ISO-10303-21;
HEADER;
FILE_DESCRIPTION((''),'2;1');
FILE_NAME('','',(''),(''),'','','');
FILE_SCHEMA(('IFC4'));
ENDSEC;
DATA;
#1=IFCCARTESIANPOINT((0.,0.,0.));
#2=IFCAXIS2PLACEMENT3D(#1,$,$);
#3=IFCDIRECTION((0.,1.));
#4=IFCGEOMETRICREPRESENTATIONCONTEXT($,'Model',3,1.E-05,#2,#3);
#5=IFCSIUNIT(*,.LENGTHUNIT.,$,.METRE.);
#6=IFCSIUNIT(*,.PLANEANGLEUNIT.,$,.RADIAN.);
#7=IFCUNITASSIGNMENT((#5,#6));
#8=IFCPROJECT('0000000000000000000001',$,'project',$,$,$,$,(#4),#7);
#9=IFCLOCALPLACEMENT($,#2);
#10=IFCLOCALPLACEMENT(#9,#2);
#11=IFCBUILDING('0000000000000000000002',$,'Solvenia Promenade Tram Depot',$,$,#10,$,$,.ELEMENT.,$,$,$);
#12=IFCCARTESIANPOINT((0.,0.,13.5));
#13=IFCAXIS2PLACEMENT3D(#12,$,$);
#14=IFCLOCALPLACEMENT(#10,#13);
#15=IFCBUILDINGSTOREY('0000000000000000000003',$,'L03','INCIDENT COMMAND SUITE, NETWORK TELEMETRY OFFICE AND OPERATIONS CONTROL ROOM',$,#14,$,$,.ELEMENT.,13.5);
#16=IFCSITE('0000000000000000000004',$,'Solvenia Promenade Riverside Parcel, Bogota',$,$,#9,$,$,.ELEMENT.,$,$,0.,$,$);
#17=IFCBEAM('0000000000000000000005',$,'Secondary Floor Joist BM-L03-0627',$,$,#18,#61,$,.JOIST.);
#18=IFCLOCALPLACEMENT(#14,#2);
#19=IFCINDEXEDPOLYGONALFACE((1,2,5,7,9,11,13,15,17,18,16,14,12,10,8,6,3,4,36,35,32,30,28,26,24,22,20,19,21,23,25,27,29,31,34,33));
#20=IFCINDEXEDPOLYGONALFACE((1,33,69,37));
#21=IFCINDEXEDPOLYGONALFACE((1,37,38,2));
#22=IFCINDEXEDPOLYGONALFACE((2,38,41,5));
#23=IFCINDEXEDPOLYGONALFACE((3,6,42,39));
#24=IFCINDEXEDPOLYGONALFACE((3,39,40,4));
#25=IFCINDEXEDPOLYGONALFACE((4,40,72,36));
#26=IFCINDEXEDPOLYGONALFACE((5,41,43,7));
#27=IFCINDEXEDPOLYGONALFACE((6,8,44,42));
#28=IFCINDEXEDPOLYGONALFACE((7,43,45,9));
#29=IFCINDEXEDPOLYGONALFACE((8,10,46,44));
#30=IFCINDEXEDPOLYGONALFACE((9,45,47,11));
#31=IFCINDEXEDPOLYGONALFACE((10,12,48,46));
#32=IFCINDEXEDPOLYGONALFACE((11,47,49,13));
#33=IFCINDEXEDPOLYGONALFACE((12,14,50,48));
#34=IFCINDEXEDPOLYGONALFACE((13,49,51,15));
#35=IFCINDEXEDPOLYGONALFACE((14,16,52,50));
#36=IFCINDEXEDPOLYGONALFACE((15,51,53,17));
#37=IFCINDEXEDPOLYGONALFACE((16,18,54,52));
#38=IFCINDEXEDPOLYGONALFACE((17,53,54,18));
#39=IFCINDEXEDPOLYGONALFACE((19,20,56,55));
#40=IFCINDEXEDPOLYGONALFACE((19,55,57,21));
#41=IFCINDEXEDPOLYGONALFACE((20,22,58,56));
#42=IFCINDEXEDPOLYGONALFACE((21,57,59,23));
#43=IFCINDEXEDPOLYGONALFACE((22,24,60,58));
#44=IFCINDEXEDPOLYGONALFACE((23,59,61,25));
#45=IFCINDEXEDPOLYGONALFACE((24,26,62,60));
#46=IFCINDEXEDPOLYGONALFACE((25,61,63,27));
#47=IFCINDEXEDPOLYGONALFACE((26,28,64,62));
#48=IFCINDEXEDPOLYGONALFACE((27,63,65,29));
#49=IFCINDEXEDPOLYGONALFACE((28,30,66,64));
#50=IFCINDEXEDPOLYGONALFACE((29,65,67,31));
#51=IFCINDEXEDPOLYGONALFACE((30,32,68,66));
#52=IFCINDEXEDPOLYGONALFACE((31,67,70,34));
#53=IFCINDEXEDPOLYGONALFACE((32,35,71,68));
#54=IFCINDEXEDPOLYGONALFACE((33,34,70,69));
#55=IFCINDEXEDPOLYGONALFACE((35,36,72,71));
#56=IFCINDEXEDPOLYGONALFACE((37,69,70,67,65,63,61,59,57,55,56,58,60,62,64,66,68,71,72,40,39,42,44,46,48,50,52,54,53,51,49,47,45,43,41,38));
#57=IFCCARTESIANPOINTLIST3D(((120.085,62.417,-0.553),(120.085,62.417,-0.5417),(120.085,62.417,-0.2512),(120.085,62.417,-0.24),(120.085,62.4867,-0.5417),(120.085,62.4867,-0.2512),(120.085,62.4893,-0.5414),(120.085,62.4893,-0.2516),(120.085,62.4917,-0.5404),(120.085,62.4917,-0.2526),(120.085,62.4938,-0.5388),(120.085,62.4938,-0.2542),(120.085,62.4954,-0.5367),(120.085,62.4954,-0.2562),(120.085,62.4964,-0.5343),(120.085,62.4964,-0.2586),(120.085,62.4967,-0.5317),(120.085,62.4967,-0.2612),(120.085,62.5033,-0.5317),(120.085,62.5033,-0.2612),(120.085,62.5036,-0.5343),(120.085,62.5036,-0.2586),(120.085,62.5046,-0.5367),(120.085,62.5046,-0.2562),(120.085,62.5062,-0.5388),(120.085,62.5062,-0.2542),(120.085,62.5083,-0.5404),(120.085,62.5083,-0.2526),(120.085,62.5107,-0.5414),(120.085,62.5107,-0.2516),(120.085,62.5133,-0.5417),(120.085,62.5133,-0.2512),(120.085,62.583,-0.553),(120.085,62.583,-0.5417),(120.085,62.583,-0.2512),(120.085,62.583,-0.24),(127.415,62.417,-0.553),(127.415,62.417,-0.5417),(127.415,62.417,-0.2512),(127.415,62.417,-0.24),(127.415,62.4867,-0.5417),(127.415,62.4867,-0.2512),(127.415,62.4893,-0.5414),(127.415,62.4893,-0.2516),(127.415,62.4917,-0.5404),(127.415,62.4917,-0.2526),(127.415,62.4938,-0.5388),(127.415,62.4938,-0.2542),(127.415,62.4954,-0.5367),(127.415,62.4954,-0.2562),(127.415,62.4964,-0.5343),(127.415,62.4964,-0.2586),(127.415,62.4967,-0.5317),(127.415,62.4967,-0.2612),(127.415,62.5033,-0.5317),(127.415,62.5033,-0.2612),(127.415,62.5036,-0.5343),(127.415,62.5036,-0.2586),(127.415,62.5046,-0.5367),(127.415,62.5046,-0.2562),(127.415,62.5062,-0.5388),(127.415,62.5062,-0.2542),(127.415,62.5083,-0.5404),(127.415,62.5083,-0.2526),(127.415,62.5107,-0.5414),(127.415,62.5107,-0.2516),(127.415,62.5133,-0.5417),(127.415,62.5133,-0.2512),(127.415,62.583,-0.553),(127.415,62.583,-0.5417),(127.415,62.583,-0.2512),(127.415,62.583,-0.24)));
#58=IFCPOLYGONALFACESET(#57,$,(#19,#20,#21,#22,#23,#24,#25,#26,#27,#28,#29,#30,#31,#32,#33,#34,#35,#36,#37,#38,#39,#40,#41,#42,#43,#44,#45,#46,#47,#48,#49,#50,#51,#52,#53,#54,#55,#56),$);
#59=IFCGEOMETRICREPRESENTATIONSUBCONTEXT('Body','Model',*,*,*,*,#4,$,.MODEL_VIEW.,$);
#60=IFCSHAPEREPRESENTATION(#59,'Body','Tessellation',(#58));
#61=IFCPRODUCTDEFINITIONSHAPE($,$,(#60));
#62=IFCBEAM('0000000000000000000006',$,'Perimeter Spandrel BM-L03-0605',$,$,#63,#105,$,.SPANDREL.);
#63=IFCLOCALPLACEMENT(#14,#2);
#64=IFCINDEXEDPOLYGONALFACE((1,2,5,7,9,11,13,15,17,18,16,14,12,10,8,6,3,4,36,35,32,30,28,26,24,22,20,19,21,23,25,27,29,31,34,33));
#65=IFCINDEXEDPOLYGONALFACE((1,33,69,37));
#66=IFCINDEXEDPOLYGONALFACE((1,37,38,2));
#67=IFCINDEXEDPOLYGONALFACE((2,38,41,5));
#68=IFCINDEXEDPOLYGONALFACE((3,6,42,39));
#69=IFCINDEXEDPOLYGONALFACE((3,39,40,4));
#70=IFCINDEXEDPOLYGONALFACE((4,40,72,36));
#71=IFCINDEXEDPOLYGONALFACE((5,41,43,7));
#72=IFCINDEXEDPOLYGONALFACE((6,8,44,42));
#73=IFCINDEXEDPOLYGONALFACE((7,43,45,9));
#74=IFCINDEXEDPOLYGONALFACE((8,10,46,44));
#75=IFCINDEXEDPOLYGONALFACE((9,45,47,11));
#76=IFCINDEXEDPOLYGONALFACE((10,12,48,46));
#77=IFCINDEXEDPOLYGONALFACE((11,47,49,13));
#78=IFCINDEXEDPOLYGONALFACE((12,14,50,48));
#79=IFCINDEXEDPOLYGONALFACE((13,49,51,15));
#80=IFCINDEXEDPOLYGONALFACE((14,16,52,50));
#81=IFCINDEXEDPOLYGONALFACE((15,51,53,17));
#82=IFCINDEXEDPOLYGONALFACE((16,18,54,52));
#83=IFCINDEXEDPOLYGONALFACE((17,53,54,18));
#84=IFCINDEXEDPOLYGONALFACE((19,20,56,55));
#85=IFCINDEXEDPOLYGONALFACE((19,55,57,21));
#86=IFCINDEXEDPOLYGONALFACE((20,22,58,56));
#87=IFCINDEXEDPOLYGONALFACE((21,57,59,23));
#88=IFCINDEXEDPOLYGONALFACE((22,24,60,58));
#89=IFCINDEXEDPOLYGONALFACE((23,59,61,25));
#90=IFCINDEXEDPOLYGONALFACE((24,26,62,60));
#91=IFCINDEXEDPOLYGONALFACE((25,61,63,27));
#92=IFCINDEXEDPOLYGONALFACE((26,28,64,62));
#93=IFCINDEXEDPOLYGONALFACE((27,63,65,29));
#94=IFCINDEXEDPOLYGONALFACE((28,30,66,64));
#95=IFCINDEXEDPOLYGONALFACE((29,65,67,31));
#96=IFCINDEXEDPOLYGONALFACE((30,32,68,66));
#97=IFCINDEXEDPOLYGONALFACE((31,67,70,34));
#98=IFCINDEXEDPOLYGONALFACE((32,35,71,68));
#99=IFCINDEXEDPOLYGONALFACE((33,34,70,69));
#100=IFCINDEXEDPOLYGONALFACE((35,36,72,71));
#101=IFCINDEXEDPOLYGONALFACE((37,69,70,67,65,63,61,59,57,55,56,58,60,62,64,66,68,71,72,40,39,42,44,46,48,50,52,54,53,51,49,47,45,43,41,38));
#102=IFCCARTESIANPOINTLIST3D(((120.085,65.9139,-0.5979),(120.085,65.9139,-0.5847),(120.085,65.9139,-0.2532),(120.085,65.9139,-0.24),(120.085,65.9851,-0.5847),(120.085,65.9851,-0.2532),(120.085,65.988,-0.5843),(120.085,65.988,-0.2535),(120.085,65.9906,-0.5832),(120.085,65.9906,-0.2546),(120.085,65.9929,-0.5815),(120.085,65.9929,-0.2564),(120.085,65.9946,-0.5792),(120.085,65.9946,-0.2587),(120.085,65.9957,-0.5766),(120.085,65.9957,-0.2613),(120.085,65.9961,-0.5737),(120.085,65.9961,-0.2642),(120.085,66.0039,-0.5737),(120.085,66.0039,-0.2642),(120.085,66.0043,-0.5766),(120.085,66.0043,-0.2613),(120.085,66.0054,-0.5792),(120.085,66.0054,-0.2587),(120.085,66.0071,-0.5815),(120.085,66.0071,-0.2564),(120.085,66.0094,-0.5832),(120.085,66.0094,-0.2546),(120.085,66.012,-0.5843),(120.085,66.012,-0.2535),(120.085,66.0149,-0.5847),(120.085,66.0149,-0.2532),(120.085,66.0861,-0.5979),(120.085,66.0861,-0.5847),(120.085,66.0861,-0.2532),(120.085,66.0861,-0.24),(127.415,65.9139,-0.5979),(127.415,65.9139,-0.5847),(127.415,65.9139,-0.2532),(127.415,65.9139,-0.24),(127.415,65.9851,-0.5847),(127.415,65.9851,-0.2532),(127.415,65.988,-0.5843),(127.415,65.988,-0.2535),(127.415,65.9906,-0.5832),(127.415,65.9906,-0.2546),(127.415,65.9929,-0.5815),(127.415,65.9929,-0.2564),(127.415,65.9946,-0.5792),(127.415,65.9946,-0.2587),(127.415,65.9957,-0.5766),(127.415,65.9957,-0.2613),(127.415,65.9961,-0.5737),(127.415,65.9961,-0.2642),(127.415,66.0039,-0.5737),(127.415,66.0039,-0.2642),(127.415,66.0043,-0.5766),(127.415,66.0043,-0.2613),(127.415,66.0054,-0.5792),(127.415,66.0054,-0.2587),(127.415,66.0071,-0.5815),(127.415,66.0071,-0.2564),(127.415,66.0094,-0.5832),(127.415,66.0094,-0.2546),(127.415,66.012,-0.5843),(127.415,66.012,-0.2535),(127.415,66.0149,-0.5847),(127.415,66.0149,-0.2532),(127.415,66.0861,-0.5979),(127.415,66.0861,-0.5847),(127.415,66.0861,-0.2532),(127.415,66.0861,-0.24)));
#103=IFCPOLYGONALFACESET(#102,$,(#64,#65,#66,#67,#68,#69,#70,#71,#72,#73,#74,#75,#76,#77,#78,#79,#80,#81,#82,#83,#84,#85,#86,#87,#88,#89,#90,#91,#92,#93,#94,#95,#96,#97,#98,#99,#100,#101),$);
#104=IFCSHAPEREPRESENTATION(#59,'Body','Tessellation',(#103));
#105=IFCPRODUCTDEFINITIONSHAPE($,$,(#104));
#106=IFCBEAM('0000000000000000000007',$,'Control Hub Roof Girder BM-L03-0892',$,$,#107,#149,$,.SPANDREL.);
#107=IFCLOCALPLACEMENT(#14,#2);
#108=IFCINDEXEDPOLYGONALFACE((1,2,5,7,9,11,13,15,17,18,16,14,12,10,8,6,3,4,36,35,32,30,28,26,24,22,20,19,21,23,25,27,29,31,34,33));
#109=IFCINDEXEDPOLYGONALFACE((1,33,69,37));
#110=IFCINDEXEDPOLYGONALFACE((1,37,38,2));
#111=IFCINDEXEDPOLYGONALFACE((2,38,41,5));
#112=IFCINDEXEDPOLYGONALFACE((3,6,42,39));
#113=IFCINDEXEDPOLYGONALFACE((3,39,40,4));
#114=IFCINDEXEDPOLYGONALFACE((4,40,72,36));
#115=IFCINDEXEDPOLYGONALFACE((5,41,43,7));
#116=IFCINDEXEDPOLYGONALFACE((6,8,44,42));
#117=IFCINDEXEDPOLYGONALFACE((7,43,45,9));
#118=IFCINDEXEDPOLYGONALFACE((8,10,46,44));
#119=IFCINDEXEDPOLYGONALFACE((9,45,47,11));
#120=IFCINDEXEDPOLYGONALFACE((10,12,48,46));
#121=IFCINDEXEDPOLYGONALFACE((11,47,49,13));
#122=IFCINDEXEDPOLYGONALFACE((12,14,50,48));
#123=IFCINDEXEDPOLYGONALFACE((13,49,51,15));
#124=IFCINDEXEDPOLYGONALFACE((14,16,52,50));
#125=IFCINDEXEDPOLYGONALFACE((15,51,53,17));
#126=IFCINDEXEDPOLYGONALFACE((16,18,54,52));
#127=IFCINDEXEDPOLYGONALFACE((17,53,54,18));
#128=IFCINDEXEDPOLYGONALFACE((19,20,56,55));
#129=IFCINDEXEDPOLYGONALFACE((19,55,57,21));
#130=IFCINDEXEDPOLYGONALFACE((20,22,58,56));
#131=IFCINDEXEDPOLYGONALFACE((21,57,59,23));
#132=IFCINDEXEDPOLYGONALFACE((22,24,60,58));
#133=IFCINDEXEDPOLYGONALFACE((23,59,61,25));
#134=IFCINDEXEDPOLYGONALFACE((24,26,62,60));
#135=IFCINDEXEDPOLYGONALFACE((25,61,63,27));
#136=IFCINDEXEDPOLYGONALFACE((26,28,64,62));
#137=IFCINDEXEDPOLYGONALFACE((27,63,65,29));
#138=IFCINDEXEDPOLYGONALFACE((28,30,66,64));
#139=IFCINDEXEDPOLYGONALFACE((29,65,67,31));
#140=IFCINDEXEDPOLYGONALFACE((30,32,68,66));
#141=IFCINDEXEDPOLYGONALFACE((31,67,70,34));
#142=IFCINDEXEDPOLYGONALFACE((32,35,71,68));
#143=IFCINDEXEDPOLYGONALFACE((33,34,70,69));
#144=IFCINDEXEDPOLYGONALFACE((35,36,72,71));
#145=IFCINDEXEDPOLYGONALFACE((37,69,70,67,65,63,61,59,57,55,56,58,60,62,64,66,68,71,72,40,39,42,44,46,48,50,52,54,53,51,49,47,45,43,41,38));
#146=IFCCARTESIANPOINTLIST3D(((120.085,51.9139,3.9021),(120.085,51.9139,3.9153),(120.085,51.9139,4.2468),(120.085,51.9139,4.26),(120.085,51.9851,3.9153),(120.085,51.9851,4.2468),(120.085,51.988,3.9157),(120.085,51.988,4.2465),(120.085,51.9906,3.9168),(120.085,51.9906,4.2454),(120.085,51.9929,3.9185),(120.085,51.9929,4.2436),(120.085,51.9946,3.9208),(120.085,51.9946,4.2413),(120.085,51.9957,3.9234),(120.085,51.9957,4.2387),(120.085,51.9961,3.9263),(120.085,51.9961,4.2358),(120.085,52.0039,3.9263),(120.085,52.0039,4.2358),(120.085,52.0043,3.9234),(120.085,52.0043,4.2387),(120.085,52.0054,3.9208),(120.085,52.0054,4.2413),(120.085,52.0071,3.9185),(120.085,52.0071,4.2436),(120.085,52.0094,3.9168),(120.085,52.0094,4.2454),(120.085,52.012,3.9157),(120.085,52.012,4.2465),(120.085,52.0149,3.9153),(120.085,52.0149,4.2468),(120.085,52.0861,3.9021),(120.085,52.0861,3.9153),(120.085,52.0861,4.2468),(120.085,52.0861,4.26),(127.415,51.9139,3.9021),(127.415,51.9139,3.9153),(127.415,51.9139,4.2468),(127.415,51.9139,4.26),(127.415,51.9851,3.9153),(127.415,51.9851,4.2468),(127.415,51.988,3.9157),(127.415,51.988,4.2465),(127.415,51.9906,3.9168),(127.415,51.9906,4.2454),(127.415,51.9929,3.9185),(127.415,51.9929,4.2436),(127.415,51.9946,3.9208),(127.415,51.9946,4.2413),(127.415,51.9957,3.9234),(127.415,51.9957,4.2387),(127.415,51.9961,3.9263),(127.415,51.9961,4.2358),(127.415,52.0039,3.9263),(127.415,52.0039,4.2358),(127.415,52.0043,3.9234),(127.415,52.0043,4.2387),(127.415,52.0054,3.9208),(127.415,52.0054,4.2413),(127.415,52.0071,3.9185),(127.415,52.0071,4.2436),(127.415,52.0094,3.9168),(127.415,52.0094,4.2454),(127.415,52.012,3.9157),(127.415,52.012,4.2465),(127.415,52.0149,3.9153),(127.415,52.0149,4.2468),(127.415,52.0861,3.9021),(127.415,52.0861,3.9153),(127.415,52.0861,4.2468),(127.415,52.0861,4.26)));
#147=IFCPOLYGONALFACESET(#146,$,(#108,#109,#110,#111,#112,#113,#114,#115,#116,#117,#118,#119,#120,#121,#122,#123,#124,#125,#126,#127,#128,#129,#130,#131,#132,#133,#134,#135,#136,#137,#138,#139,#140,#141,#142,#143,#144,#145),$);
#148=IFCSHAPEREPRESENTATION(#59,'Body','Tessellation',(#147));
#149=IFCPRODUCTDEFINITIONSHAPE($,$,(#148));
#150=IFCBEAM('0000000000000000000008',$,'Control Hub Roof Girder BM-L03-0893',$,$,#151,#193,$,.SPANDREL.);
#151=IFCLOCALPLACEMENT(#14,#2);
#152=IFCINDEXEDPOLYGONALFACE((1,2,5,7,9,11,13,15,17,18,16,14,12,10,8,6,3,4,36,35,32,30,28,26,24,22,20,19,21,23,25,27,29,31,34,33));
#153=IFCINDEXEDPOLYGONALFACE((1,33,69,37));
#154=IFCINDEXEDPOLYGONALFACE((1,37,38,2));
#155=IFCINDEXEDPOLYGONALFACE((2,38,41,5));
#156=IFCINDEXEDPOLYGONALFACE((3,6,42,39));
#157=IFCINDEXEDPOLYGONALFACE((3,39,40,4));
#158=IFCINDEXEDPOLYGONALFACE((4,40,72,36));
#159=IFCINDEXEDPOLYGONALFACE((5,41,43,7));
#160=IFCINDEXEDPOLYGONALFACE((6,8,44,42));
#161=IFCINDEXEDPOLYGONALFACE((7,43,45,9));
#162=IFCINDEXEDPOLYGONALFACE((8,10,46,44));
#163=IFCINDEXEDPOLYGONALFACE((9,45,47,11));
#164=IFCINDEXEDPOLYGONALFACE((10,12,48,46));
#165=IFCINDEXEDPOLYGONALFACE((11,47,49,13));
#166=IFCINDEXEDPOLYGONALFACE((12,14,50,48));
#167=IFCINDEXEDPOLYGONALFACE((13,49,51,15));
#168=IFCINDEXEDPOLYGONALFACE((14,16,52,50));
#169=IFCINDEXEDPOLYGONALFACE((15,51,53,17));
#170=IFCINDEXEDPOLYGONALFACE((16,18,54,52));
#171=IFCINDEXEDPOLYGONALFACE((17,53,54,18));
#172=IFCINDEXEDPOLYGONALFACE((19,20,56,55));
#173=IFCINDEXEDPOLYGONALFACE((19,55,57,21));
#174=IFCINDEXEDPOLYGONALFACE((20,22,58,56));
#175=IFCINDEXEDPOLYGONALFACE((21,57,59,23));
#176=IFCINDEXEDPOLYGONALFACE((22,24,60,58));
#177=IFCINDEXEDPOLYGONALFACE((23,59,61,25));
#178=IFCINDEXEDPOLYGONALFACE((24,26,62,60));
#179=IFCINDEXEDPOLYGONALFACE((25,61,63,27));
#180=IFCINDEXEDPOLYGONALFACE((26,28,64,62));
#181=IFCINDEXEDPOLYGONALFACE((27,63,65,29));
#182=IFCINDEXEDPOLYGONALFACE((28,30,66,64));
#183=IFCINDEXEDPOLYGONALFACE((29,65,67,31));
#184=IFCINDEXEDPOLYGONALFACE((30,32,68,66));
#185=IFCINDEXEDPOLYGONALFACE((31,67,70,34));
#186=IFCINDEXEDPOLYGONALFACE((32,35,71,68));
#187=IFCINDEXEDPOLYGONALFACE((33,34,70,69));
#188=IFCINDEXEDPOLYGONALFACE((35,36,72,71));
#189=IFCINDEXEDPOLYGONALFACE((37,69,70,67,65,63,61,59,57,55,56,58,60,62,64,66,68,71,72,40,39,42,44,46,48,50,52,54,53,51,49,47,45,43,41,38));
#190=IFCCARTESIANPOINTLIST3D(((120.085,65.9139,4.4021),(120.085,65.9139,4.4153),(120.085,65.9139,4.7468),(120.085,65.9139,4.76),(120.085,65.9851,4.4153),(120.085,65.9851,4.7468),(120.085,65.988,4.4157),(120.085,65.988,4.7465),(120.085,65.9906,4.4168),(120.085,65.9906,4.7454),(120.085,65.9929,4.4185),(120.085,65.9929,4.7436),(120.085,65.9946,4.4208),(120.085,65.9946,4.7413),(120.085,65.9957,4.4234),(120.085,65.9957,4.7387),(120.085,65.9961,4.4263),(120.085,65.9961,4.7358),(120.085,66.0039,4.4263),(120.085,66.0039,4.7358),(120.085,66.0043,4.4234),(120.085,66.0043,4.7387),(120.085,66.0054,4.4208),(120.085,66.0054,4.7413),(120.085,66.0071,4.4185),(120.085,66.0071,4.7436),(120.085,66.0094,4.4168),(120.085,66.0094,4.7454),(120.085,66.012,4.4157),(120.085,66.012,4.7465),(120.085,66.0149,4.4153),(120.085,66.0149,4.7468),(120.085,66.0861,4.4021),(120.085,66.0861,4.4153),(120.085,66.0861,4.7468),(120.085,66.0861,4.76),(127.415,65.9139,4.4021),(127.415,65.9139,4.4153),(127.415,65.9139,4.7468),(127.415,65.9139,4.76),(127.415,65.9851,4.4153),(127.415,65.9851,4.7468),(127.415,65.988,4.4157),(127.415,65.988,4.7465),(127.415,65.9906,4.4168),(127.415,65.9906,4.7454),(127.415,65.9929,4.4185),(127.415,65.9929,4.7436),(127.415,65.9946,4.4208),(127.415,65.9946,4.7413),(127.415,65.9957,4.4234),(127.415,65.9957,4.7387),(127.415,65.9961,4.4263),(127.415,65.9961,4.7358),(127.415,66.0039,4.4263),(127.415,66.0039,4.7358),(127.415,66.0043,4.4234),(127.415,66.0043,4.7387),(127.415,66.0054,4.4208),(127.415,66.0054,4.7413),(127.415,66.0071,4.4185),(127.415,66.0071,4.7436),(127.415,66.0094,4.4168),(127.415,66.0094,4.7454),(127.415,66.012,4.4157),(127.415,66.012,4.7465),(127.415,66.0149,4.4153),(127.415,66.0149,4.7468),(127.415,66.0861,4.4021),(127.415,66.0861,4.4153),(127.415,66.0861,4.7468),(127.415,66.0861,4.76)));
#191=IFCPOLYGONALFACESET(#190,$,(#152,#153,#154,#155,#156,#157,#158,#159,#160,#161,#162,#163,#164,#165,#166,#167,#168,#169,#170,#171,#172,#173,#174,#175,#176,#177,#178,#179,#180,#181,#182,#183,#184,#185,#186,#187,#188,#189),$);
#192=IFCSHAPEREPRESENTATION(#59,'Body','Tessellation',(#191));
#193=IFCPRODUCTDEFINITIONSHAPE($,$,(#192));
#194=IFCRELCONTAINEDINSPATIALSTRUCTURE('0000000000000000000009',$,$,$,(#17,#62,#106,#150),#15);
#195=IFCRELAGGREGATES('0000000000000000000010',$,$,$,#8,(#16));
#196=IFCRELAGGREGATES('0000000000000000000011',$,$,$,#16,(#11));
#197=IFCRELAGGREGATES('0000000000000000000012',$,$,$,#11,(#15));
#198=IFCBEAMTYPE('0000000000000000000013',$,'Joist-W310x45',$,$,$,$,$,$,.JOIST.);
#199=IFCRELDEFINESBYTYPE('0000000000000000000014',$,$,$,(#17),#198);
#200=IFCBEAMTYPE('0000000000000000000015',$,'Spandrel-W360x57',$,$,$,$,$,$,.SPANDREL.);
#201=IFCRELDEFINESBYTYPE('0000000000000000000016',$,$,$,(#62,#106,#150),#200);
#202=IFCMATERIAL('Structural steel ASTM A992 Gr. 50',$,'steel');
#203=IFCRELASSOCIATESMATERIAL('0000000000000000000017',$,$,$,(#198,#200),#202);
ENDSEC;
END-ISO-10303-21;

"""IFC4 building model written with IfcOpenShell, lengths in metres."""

from ifc_helpers import new_model, si_unit, direction, frame, origin, origin_2d, place, context, subcontext, project, spatial, i_section, extrude, material, material_profile, profile_set, type_object, element, save


model = new_model("IFC4")

# Units and contexts
model_context = context("Model", 3, precision=1e-05, world=origin(), true_north=direction((0.0, 1.0)))
body_context = subcontext(model_context, "Body", "Model", "MODEL_VIEW")
ifc_project = project(units=[si_unit("LENGTHUNIT", "METRE"), si_unit("PLANEANGLEUNIT", "RADIAN")], contexts=[model_context])

# Site, building, storey
site_placement = place(None, origin())
site = spatial("IfcSite", under=ifc_project, at=site_placement, Name="Solvenia Promenade Riverside Parcel, Bogota", CompositionType="ELEMENT", RefElevation=0.0)
building_placement = place(site_placement, origin())
building = spatial("IfcBuilding", under=site, at=building_placement, Name="Solvenia Promenade Tram Depot", CompositionType="ELEMENT")
storey_placement = place(building_placement, frame((0.0, 0.0, 13.5)))
storey = spatial("IfcBuildingStorey", under=building, at=storey_placement, Name="L03", Description="INCIDENT COMMAND SUITE, NETWORK TELEMETRY OFFICE AND OPERATIONS CONTROL ROOM", CompositionType="ELEMENT", Elevation=13.5)

# Shared definitions
ifc_material_1 = material(Name="Structural steel ASTM A992 Gr. 50", Category="steel")

# Beams
ifc_material_profile_1 = material_profile(ifc_material_1, i_section(OverallWidth=0.166, OverallDepth=0.313, WebThickness=0.0066, FlangeThickness=0.0112, FilletRadius=0.01, at=origin_2d()), Name="W310x45", Category="steel")
ifc_profile_set_1 = profile_set([ifc_material_profile_1], Name="Structural steel ASTM A992 Gr. 50")
beam_type_1 = type_object("IfcBeamType", Name="Joist-W310x45", PredefinedType="JOIST", material=ifc_profile_set_1)
for number, where, z_axis, x_axis, name in (
    (1, (120.085, 62.5, -0.3965), (1.0, 0.0, 0.0), (0.0, 1.0, 0.0), "Secondary Floor Joist BM-L03-0627"),
):
    element("IfcBeam", number, at=place(storey_placement, frame(where, z_axis=z_axis, x_axis=x_axis)), inside=storey, type_object=beam_type_1, Name=name, PredefinedType="JOIST", context=body_context, shape_type="SweptSolid", body=[
        extrude(i_section(OverallWidth=0.166, OverallDepth=0.313, WebThickness=0.0066, FlangeThickness=0.0112, FilletRadius=0.01, at=origin_2d()), origin(), (0.0, 0.0, 1.0), 7.3301),
    ])
ifc_material_profile_2 = material_profile(ifc_material_1, i_section(OverallWidth=0.1721, OverallDepth=0.3579, WebThickness=0.0078, FlangeThickness=0.0132, FilletRadius=0.011, at=origin_2d()), Name="W360x57", Category="steel")
ifc_profile_set_2 = profile_set([ifc_material_profile_2], Name="Structural steel ASTM A992 Gr. 50")
beam_type_2 = type_object("IfcBeamType", Name="Spandrel-W360x57", PredefinedType="SPANDREL", material=ifc_profile_set_2)
for number, where, z_axis, x_axis, name in (
    (2, (120.085, 66.0, -0.4189), (1.0, 0.0, 0.0), (0.0, 1.0, 0.0), "Perimeter Spandrel BM-L03-0605"),
    (3, (120.085, 52.0, 4.0811), (1.0, 0.0, 0.0), (0.0, 1.0, 0.0), "Control Hub Roof Girder BM-L03-0892"),
    (4, (120.085, 66.0, 4.5811), (1.0, 0.0, 0.0), (0.0, 1.0, 0.0), "Control Hub Roof Girder BM-L03-0893"),
):
    element("IfcBeam", number, at=place(storey_placement, frame(where, z_axis=z_axis, x_axis=x_axis)), inside=storey, type_object=beam_type_2, Name=name, PredefinedType="SPANDREL", context=body_context, shape_type="SweptSolid", body=[
        extrude(i_section(OverallWidth=0.1721, OverallDepth=0.3579, WebThickness=0.0078, FlangeThickness=0.0132, FilletRadius=0.011, at=origin_2d()), origin(), (0.0, 0.0, 1.0), 7.3301),
    ])

save(model, "model.ifc")
